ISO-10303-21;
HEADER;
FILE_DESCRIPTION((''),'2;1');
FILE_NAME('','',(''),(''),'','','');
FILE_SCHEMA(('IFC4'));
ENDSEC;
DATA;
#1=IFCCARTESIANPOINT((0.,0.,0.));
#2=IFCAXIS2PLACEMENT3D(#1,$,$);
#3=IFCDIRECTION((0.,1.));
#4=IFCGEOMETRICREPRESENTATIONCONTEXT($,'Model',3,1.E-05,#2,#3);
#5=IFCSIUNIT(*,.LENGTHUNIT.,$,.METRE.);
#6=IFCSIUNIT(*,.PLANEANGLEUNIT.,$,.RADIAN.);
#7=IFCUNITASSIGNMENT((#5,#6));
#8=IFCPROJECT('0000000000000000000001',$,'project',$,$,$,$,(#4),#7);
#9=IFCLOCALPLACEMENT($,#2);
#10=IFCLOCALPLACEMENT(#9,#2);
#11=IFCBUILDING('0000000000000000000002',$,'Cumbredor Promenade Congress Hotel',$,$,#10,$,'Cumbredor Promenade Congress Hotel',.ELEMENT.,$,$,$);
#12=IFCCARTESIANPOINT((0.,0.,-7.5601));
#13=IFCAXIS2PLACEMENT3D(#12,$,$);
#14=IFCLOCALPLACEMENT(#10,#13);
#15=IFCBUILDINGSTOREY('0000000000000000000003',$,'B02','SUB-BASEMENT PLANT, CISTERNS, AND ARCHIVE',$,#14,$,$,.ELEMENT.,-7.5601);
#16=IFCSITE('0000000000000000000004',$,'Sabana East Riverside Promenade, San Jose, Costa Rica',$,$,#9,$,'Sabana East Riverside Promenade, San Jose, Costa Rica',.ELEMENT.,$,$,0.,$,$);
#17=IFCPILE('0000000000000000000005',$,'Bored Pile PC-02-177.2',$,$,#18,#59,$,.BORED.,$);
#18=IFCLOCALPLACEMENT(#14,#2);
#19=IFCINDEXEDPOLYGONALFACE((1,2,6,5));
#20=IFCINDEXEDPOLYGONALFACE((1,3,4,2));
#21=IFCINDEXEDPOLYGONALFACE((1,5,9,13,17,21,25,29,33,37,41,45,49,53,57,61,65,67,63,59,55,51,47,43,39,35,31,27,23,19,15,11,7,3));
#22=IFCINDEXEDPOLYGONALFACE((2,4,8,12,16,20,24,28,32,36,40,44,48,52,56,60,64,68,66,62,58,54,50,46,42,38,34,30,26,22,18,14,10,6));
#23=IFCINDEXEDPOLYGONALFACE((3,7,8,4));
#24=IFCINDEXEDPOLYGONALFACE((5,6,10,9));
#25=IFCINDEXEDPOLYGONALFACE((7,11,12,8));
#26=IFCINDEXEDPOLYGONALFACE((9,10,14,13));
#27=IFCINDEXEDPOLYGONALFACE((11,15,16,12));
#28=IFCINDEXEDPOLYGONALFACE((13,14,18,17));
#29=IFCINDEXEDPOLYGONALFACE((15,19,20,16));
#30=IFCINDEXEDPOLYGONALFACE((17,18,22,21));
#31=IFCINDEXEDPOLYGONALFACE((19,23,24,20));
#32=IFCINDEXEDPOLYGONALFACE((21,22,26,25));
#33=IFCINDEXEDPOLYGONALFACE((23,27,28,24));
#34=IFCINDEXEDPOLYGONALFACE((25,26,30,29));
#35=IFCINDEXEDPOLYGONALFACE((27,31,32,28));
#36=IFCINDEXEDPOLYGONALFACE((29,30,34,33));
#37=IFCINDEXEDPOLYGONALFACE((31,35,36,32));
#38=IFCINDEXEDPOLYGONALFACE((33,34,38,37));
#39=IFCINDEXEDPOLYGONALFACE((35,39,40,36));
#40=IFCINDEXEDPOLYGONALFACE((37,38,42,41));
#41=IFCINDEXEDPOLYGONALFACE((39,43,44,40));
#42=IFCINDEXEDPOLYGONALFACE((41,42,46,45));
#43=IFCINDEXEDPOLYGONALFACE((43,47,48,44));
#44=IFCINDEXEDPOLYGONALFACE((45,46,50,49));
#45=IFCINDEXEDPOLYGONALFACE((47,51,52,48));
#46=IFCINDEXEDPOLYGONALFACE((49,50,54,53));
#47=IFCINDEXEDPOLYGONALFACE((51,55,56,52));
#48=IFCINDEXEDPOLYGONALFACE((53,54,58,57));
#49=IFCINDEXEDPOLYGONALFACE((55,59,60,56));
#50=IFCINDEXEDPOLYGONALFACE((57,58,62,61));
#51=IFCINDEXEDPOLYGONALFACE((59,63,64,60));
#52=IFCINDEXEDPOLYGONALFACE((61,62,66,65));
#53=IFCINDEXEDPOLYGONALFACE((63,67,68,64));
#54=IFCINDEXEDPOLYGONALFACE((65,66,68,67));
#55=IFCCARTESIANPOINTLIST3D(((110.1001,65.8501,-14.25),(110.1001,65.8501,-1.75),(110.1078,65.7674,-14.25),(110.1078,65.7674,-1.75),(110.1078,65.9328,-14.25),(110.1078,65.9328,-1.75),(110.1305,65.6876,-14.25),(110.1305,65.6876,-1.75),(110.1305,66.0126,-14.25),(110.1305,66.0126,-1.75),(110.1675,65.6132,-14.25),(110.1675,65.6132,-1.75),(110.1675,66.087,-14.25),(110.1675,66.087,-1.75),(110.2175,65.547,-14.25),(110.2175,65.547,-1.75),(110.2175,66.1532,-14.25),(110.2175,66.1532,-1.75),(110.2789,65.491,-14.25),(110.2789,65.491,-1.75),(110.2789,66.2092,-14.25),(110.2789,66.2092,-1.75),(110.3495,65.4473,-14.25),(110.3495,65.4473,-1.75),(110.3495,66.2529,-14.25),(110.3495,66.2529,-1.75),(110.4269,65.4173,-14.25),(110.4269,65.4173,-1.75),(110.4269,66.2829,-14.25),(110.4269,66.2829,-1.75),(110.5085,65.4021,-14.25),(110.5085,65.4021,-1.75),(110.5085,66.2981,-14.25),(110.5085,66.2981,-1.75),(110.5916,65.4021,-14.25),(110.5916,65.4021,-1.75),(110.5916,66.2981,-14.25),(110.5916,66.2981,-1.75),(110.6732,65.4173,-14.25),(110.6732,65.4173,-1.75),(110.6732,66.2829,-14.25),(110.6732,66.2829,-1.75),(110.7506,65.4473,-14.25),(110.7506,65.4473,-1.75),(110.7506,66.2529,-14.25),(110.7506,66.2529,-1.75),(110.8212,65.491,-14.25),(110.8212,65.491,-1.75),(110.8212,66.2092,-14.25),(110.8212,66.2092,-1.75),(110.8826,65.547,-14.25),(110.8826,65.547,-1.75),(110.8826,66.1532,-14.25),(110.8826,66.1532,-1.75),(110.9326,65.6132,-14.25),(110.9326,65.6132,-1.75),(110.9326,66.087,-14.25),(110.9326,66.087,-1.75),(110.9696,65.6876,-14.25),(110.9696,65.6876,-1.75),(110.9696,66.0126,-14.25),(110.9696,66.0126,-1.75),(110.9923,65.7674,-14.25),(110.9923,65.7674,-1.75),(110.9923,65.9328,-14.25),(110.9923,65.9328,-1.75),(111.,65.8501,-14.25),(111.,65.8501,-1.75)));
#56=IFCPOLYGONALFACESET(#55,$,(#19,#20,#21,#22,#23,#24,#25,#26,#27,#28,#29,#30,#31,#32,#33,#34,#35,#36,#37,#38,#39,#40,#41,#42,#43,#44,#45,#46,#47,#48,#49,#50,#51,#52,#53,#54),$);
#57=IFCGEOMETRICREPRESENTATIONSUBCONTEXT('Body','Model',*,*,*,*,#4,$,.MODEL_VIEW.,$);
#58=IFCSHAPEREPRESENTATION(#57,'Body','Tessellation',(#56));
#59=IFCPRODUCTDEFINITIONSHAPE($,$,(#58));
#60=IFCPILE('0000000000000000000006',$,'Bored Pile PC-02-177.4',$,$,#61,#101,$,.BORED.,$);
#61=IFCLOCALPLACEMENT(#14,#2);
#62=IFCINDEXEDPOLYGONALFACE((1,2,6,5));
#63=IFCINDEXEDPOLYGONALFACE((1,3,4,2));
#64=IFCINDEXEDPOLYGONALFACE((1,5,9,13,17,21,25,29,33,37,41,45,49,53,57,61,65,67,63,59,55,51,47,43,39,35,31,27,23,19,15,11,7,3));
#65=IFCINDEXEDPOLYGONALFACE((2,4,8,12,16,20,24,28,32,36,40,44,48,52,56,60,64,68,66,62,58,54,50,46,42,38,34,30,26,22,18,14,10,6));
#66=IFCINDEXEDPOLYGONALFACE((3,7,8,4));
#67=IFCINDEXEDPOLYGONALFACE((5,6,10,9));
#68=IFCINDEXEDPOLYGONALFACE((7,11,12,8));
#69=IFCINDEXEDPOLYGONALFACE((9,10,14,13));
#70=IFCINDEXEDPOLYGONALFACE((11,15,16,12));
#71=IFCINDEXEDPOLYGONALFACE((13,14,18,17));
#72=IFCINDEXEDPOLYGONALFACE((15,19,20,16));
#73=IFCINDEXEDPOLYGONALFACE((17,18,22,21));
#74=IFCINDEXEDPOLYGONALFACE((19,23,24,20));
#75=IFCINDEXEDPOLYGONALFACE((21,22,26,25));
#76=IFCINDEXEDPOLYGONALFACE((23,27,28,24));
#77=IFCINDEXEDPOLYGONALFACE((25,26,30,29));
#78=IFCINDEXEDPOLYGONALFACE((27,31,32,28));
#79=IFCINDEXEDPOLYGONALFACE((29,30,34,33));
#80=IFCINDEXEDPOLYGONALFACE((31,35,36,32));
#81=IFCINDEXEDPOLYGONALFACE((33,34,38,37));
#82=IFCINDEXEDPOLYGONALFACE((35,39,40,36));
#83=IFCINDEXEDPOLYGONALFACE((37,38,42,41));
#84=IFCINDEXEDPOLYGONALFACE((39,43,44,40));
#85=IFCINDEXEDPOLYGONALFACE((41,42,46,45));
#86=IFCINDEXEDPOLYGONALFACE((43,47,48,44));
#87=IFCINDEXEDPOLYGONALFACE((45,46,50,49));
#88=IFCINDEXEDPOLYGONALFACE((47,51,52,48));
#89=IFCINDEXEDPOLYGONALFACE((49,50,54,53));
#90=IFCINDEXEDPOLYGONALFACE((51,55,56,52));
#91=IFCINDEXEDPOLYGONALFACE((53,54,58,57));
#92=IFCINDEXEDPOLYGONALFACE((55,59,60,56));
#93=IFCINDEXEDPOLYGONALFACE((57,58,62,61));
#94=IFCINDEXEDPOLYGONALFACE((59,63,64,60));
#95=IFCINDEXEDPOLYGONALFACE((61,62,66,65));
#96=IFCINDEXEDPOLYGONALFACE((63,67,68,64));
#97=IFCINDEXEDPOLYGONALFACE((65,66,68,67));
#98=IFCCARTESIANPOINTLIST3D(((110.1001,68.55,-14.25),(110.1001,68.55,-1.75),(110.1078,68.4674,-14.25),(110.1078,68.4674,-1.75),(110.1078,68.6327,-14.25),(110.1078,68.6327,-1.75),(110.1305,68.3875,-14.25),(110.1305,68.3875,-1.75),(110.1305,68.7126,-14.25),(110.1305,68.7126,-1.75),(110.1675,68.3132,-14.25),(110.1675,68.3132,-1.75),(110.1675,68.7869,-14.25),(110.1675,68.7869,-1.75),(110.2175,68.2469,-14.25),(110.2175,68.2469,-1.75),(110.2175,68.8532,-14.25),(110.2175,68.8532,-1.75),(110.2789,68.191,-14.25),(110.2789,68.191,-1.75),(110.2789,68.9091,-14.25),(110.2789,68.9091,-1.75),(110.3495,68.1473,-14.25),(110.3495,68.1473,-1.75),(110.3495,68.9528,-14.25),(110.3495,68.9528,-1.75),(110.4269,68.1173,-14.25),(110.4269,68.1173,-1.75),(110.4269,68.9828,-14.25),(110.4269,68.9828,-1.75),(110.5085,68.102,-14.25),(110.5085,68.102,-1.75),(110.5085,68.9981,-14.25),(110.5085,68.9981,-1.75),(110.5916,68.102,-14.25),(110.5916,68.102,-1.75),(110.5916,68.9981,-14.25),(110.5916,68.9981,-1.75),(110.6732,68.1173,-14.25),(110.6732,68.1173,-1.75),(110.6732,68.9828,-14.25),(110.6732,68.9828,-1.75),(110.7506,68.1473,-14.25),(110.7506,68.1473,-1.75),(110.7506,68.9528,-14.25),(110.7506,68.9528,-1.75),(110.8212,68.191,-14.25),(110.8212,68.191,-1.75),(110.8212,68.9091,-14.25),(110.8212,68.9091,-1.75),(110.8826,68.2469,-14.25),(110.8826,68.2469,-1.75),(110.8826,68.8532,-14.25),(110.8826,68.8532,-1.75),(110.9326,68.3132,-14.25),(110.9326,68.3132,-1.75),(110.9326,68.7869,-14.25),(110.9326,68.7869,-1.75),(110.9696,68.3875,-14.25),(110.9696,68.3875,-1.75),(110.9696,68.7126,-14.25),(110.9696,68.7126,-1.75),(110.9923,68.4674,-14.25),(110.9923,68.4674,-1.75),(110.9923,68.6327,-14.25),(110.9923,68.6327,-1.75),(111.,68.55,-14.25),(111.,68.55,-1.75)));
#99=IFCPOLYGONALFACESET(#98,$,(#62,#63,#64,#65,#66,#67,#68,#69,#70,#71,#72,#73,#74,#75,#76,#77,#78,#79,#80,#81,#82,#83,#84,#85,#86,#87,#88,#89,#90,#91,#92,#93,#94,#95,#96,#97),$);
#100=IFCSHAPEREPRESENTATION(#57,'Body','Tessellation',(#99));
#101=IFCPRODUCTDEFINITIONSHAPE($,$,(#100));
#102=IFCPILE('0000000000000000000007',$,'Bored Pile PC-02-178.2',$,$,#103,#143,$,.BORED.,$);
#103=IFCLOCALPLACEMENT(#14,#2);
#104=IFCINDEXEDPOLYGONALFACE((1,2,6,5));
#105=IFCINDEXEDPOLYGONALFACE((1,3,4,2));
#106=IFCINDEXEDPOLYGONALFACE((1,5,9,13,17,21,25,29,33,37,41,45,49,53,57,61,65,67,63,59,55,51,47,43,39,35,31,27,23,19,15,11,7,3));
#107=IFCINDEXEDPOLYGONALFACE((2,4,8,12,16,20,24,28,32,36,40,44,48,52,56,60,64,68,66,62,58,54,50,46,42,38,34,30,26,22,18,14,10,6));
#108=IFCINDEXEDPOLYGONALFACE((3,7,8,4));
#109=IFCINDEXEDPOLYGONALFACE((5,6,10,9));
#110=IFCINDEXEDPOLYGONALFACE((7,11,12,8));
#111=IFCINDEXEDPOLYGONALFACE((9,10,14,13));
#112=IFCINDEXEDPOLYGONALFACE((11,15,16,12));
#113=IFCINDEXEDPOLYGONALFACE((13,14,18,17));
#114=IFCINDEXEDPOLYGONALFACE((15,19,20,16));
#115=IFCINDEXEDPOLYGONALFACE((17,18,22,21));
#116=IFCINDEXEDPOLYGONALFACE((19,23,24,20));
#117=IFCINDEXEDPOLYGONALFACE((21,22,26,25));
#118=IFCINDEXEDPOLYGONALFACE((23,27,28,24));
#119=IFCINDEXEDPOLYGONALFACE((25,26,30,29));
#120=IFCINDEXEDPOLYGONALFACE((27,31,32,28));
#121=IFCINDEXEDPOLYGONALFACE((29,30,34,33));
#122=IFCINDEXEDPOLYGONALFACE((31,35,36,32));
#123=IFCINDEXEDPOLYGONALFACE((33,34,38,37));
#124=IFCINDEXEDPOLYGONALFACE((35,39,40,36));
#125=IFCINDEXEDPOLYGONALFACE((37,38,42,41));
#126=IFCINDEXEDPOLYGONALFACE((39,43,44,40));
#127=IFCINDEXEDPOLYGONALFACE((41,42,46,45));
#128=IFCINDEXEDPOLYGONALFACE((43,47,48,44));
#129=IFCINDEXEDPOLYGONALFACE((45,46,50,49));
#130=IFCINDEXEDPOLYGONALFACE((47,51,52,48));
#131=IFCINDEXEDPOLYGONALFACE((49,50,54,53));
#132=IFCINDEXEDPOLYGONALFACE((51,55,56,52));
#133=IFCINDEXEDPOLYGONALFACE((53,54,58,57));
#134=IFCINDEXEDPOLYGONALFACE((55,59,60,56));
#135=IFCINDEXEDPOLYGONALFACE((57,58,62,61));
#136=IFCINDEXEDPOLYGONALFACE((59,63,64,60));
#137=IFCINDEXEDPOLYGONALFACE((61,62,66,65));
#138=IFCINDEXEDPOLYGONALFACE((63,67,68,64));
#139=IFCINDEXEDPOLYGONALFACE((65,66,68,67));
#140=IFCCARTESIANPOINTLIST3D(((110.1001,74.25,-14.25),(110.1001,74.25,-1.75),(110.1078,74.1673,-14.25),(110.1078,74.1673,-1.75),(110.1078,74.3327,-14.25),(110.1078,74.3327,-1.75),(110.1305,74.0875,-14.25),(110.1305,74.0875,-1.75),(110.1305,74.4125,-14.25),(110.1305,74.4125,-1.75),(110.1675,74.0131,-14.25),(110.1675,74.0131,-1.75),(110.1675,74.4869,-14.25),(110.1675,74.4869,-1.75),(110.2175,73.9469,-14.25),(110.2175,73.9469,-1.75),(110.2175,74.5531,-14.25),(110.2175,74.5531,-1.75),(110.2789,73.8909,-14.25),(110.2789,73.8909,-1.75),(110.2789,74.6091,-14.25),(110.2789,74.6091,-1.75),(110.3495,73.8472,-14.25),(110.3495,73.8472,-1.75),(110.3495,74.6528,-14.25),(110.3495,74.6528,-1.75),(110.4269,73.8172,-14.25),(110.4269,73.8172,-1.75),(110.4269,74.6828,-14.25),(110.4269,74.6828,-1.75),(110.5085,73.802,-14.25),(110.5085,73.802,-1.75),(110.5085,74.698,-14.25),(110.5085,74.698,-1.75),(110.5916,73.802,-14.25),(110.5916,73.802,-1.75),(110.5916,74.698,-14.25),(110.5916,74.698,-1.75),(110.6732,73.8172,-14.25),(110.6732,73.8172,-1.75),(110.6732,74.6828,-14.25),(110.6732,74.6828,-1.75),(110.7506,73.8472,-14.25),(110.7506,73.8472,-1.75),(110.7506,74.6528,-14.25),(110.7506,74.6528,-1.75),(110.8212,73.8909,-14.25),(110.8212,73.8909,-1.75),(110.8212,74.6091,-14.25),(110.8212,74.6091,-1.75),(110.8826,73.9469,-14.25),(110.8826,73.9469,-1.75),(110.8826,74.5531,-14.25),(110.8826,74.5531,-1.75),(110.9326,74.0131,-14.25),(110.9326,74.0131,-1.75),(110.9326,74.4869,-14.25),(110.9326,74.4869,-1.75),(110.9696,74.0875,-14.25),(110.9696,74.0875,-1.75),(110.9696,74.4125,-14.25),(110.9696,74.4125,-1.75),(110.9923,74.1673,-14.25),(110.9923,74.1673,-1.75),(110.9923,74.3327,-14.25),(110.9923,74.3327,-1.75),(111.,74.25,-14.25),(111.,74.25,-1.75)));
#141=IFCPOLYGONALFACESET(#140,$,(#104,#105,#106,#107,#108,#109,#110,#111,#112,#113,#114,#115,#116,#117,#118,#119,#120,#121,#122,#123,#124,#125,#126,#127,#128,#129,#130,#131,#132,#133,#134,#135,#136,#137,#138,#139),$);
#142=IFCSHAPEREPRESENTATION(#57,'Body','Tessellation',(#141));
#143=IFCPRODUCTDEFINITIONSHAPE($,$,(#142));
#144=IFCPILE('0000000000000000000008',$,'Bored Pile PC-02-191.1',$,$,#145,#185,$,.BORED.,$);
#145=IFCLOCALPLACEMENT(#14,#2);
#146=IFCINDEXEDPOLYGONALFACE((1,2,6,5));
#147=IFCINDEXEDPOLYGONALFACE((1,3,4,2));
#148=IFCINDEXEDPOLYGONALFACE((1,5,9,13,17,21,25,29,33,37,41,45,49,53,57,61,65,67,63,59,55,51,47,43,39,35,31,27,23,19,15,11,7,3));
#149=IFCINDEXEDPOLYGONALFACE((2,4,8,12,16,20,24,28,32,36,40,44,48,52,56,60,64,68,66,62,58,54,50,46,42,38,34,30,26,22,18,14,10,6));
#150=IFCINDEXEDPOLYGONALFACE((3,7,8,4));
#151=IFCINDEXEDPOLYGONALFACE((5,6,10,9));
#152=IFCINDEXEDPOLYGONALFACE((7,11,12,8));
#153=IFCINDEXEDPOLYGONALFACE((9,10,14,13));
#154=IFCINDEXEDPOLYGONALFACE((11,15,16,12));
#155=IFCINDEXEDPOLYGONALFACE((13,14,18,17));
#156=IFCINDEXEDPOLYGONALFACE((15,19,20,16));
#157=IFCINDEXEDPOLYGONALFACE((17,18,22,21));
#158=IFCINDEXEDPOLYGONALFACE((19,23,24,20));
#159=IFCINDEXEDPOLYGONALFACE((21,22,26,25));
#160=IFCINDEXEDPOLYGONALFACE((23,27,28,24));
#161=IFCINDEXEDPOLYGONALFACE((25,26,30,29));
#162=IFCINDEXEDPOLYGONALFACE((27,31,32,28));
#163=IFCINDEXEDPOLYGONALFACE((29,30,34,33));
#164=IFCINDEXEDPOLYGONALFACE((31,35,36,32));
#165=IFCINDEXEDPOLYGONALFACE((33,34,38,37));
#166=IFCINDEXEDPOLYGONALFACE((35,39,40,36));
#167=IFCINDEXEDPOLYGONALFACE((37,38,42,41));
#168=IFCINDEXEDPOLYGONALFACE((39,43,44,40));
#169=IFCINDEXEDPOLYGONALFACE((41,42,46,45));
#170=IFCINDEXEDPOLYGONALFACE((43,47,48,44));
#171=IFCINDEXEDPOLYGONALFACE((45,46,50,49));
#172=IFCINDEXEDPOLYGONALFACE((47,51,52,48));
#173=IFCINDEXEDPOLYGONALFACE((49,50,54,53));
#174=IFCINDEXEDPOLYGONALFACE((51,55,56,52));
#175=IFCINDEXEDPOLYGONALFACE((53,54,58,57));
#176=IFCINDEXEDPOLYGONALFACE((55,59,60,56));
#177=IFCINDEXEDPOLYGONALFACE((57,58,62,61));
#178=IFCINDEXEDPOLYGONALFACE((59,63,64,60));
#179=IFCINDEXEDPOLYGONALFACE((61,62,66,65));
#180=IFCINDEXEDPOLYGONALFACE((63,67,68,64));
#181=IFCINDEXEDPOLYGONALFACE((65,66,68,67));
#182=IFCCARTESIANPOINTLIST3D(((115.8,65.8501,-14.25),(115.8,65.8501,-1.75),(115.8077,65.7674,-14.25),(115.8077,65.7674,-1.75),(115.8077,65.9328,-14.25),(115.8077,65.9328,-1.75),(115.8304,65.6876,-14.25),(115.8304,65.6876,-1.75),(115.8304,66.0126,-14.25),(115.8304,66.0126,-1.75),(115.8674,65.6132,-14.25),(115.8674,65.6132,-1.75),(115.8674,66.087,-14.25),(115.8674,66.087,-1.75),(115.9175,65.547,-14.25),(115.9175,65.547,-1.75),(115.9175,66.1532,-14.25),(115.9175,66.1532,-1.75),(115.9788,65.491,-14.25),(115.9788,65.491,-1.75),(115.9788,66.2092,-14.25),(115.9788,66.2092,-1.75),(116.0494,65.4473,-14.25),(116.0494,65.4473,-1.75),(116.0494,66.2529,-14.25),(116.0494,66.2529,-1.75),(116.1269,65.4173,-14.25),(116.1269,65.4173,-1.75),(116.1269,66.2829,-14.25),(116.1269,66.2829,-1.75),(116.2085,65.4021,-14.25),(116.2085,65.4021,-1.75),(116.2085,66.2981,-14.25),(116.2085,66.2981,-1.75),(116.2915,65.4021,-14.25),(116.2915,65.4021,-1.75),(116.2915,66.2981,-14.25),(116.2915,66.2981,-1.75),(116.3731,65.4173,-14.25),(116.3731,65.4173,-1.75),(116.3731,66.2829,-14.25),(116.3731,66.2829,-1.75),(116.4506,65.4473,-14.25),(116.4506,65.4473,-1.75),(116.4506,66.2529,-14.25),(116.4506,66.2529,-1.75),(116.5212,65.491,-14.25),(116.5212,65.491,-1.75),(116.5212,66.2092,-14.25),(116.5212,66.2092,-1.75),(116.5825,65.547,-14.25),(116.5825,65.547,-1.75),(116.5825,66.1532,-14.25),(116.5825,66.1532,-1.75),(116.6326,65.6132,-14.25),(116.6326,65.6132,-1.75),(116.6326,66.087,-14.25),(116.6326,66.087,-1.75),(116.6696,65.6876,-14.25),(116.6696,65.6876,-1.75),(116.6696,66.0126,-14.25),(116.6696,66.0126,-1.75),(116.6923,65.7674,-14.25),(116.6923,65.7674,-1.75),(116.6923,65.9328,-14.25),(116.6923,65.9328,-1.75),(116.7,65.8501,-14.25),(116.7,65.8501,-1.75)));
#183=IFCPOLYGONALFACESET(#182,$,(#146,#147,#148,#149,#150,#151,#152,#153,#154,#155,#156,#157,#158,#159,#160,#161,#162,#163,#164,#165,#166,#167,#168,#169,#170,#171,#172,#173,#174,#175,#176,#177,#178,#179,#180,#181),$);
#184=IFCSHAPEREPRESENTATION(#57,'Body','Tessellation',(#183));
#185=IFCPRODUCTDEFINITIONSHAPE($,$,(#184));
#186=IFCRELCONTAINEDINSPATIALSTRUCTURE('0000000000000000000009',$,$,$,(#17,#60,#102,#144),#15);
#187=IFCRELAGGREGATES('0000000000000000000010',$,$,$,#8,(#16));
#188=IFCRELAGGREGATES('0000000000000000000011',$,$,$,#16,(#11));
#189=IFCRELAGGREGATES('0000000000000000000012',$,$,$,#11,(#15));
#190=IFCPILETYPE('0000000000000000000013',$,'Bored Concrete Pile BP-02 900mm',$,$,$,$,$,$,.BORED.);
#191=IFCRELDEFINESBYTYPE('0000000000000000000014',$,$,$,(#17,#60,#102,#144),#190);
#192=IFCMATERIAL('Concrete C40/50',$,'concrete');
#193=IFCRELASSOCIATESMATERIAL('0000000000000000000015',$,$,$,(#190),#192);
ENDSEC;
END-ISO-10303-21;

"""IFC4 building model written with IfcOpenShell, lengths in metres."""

from ifc_helpers import new_model, si_unit, direction, frame, origin, origin_2d, place, context, subcontext, project, spatial, circle, extrude, material, material_profile, profile_set, type_object, element, save


model = new_model("IFC4")

# Units and contexts
model_context = context("Model", 3, precision=1e-05, world=origin(), true_north=direction((0.0, 1.0)))
body_context = subcontext(model_context, "Body", "Model", "MODEL_VIEW")
ifc_project = project(units=[si_unit("LENGTHUNIT", "METRE"), si_unit("PLANEANGLEUNIT", "RADIAN")], contexts=[model_context])

# Site, building, storey
site_placement = place(None, origin())
site = spatial("IfcSite", under=ifc_project, at=site_placement, Name="Sabana East Riverside Promenade, San Jose, Costa Rica", LongName="Sabana East Riverside Promenade, San Jose, Costa Rica", CompositionType="ELEMENT", RefElevation=0.0)
building_placement = place(site_placement, origin())
building = spatial("IfcBuilding", under=site, at=building_placement, Name="Cumbredor Promenade Congress Hotel", LongName="Cumbredor Promenade Congress Hotel", CompositionType="ELEMENT")
storey_placement = place(building_placement, frame((0.0, 0.0, -7.5601)))
storey = spatial("IfcBuildingStorey", under=building, at=storey_placement, Name="B02", Description="SUB-BASEMENT PLANT, CISTERNS, AND ARCHIVE", CompositionType="ELEMENT", Elevation=-7.5601)

# Piles
ifc_material_1 = material(Name="Concrete C40/50", Category="concrete")
ifc_material_profile_1 = material_profile(ifc_material_1, circle(Radius=0.45, at=origin_2d()), Name="PILE D900")
ifc_profile_set_1 = profile_set([ifc_material_profile_1], Name="Concrete C40/50")
pile_type = type_object("IfcPileType", Name="Bored Concrete Pile BP-02 900mm", PredefinedType="BORED", material=ifc_profile_set_1)
for number, where, z_axis, x_axis, name in (
    (1, (110.55, 65.8501, -1.75), (0.0, 0.0, -1.0), (1.0, 0.0, 0.0), "Bored Pile PC-02-177.2"),
    (2, (110.55, 68.55, -1.75), (0.0, 0.0, -1.0), (1.0, 0.0, 0.0), "Bored Pile PC-02-177.4"),
    (3, (110.55, 74.25, -1.75), (0.0, 0.0, -1.0), (1.0, 0.0, 0.0), "Bored Pile PC-02-178.2"),
    (4, (116.25, 65.8501, -1.75), (0.0, 0.0, -1.0), (1.0, 0.0, 0.0), "Bored Pile PC-02-191.1"),
):
    element("IfcPile", number, at=place(storey_placement, frame(where, z_axis=z_axis, x_axis=x_axis)), inside=storey, type_object=pile_type, Name=name, PredefinedType="BORED", context=body_context, shape_type="SweptSolid", body=[
        extrude(circle(Radius=0.45, at=origin_2d()), origin(), (0.0, 0.0, 1.0), 12.5),
    ])

save(model, "model.ifc")
